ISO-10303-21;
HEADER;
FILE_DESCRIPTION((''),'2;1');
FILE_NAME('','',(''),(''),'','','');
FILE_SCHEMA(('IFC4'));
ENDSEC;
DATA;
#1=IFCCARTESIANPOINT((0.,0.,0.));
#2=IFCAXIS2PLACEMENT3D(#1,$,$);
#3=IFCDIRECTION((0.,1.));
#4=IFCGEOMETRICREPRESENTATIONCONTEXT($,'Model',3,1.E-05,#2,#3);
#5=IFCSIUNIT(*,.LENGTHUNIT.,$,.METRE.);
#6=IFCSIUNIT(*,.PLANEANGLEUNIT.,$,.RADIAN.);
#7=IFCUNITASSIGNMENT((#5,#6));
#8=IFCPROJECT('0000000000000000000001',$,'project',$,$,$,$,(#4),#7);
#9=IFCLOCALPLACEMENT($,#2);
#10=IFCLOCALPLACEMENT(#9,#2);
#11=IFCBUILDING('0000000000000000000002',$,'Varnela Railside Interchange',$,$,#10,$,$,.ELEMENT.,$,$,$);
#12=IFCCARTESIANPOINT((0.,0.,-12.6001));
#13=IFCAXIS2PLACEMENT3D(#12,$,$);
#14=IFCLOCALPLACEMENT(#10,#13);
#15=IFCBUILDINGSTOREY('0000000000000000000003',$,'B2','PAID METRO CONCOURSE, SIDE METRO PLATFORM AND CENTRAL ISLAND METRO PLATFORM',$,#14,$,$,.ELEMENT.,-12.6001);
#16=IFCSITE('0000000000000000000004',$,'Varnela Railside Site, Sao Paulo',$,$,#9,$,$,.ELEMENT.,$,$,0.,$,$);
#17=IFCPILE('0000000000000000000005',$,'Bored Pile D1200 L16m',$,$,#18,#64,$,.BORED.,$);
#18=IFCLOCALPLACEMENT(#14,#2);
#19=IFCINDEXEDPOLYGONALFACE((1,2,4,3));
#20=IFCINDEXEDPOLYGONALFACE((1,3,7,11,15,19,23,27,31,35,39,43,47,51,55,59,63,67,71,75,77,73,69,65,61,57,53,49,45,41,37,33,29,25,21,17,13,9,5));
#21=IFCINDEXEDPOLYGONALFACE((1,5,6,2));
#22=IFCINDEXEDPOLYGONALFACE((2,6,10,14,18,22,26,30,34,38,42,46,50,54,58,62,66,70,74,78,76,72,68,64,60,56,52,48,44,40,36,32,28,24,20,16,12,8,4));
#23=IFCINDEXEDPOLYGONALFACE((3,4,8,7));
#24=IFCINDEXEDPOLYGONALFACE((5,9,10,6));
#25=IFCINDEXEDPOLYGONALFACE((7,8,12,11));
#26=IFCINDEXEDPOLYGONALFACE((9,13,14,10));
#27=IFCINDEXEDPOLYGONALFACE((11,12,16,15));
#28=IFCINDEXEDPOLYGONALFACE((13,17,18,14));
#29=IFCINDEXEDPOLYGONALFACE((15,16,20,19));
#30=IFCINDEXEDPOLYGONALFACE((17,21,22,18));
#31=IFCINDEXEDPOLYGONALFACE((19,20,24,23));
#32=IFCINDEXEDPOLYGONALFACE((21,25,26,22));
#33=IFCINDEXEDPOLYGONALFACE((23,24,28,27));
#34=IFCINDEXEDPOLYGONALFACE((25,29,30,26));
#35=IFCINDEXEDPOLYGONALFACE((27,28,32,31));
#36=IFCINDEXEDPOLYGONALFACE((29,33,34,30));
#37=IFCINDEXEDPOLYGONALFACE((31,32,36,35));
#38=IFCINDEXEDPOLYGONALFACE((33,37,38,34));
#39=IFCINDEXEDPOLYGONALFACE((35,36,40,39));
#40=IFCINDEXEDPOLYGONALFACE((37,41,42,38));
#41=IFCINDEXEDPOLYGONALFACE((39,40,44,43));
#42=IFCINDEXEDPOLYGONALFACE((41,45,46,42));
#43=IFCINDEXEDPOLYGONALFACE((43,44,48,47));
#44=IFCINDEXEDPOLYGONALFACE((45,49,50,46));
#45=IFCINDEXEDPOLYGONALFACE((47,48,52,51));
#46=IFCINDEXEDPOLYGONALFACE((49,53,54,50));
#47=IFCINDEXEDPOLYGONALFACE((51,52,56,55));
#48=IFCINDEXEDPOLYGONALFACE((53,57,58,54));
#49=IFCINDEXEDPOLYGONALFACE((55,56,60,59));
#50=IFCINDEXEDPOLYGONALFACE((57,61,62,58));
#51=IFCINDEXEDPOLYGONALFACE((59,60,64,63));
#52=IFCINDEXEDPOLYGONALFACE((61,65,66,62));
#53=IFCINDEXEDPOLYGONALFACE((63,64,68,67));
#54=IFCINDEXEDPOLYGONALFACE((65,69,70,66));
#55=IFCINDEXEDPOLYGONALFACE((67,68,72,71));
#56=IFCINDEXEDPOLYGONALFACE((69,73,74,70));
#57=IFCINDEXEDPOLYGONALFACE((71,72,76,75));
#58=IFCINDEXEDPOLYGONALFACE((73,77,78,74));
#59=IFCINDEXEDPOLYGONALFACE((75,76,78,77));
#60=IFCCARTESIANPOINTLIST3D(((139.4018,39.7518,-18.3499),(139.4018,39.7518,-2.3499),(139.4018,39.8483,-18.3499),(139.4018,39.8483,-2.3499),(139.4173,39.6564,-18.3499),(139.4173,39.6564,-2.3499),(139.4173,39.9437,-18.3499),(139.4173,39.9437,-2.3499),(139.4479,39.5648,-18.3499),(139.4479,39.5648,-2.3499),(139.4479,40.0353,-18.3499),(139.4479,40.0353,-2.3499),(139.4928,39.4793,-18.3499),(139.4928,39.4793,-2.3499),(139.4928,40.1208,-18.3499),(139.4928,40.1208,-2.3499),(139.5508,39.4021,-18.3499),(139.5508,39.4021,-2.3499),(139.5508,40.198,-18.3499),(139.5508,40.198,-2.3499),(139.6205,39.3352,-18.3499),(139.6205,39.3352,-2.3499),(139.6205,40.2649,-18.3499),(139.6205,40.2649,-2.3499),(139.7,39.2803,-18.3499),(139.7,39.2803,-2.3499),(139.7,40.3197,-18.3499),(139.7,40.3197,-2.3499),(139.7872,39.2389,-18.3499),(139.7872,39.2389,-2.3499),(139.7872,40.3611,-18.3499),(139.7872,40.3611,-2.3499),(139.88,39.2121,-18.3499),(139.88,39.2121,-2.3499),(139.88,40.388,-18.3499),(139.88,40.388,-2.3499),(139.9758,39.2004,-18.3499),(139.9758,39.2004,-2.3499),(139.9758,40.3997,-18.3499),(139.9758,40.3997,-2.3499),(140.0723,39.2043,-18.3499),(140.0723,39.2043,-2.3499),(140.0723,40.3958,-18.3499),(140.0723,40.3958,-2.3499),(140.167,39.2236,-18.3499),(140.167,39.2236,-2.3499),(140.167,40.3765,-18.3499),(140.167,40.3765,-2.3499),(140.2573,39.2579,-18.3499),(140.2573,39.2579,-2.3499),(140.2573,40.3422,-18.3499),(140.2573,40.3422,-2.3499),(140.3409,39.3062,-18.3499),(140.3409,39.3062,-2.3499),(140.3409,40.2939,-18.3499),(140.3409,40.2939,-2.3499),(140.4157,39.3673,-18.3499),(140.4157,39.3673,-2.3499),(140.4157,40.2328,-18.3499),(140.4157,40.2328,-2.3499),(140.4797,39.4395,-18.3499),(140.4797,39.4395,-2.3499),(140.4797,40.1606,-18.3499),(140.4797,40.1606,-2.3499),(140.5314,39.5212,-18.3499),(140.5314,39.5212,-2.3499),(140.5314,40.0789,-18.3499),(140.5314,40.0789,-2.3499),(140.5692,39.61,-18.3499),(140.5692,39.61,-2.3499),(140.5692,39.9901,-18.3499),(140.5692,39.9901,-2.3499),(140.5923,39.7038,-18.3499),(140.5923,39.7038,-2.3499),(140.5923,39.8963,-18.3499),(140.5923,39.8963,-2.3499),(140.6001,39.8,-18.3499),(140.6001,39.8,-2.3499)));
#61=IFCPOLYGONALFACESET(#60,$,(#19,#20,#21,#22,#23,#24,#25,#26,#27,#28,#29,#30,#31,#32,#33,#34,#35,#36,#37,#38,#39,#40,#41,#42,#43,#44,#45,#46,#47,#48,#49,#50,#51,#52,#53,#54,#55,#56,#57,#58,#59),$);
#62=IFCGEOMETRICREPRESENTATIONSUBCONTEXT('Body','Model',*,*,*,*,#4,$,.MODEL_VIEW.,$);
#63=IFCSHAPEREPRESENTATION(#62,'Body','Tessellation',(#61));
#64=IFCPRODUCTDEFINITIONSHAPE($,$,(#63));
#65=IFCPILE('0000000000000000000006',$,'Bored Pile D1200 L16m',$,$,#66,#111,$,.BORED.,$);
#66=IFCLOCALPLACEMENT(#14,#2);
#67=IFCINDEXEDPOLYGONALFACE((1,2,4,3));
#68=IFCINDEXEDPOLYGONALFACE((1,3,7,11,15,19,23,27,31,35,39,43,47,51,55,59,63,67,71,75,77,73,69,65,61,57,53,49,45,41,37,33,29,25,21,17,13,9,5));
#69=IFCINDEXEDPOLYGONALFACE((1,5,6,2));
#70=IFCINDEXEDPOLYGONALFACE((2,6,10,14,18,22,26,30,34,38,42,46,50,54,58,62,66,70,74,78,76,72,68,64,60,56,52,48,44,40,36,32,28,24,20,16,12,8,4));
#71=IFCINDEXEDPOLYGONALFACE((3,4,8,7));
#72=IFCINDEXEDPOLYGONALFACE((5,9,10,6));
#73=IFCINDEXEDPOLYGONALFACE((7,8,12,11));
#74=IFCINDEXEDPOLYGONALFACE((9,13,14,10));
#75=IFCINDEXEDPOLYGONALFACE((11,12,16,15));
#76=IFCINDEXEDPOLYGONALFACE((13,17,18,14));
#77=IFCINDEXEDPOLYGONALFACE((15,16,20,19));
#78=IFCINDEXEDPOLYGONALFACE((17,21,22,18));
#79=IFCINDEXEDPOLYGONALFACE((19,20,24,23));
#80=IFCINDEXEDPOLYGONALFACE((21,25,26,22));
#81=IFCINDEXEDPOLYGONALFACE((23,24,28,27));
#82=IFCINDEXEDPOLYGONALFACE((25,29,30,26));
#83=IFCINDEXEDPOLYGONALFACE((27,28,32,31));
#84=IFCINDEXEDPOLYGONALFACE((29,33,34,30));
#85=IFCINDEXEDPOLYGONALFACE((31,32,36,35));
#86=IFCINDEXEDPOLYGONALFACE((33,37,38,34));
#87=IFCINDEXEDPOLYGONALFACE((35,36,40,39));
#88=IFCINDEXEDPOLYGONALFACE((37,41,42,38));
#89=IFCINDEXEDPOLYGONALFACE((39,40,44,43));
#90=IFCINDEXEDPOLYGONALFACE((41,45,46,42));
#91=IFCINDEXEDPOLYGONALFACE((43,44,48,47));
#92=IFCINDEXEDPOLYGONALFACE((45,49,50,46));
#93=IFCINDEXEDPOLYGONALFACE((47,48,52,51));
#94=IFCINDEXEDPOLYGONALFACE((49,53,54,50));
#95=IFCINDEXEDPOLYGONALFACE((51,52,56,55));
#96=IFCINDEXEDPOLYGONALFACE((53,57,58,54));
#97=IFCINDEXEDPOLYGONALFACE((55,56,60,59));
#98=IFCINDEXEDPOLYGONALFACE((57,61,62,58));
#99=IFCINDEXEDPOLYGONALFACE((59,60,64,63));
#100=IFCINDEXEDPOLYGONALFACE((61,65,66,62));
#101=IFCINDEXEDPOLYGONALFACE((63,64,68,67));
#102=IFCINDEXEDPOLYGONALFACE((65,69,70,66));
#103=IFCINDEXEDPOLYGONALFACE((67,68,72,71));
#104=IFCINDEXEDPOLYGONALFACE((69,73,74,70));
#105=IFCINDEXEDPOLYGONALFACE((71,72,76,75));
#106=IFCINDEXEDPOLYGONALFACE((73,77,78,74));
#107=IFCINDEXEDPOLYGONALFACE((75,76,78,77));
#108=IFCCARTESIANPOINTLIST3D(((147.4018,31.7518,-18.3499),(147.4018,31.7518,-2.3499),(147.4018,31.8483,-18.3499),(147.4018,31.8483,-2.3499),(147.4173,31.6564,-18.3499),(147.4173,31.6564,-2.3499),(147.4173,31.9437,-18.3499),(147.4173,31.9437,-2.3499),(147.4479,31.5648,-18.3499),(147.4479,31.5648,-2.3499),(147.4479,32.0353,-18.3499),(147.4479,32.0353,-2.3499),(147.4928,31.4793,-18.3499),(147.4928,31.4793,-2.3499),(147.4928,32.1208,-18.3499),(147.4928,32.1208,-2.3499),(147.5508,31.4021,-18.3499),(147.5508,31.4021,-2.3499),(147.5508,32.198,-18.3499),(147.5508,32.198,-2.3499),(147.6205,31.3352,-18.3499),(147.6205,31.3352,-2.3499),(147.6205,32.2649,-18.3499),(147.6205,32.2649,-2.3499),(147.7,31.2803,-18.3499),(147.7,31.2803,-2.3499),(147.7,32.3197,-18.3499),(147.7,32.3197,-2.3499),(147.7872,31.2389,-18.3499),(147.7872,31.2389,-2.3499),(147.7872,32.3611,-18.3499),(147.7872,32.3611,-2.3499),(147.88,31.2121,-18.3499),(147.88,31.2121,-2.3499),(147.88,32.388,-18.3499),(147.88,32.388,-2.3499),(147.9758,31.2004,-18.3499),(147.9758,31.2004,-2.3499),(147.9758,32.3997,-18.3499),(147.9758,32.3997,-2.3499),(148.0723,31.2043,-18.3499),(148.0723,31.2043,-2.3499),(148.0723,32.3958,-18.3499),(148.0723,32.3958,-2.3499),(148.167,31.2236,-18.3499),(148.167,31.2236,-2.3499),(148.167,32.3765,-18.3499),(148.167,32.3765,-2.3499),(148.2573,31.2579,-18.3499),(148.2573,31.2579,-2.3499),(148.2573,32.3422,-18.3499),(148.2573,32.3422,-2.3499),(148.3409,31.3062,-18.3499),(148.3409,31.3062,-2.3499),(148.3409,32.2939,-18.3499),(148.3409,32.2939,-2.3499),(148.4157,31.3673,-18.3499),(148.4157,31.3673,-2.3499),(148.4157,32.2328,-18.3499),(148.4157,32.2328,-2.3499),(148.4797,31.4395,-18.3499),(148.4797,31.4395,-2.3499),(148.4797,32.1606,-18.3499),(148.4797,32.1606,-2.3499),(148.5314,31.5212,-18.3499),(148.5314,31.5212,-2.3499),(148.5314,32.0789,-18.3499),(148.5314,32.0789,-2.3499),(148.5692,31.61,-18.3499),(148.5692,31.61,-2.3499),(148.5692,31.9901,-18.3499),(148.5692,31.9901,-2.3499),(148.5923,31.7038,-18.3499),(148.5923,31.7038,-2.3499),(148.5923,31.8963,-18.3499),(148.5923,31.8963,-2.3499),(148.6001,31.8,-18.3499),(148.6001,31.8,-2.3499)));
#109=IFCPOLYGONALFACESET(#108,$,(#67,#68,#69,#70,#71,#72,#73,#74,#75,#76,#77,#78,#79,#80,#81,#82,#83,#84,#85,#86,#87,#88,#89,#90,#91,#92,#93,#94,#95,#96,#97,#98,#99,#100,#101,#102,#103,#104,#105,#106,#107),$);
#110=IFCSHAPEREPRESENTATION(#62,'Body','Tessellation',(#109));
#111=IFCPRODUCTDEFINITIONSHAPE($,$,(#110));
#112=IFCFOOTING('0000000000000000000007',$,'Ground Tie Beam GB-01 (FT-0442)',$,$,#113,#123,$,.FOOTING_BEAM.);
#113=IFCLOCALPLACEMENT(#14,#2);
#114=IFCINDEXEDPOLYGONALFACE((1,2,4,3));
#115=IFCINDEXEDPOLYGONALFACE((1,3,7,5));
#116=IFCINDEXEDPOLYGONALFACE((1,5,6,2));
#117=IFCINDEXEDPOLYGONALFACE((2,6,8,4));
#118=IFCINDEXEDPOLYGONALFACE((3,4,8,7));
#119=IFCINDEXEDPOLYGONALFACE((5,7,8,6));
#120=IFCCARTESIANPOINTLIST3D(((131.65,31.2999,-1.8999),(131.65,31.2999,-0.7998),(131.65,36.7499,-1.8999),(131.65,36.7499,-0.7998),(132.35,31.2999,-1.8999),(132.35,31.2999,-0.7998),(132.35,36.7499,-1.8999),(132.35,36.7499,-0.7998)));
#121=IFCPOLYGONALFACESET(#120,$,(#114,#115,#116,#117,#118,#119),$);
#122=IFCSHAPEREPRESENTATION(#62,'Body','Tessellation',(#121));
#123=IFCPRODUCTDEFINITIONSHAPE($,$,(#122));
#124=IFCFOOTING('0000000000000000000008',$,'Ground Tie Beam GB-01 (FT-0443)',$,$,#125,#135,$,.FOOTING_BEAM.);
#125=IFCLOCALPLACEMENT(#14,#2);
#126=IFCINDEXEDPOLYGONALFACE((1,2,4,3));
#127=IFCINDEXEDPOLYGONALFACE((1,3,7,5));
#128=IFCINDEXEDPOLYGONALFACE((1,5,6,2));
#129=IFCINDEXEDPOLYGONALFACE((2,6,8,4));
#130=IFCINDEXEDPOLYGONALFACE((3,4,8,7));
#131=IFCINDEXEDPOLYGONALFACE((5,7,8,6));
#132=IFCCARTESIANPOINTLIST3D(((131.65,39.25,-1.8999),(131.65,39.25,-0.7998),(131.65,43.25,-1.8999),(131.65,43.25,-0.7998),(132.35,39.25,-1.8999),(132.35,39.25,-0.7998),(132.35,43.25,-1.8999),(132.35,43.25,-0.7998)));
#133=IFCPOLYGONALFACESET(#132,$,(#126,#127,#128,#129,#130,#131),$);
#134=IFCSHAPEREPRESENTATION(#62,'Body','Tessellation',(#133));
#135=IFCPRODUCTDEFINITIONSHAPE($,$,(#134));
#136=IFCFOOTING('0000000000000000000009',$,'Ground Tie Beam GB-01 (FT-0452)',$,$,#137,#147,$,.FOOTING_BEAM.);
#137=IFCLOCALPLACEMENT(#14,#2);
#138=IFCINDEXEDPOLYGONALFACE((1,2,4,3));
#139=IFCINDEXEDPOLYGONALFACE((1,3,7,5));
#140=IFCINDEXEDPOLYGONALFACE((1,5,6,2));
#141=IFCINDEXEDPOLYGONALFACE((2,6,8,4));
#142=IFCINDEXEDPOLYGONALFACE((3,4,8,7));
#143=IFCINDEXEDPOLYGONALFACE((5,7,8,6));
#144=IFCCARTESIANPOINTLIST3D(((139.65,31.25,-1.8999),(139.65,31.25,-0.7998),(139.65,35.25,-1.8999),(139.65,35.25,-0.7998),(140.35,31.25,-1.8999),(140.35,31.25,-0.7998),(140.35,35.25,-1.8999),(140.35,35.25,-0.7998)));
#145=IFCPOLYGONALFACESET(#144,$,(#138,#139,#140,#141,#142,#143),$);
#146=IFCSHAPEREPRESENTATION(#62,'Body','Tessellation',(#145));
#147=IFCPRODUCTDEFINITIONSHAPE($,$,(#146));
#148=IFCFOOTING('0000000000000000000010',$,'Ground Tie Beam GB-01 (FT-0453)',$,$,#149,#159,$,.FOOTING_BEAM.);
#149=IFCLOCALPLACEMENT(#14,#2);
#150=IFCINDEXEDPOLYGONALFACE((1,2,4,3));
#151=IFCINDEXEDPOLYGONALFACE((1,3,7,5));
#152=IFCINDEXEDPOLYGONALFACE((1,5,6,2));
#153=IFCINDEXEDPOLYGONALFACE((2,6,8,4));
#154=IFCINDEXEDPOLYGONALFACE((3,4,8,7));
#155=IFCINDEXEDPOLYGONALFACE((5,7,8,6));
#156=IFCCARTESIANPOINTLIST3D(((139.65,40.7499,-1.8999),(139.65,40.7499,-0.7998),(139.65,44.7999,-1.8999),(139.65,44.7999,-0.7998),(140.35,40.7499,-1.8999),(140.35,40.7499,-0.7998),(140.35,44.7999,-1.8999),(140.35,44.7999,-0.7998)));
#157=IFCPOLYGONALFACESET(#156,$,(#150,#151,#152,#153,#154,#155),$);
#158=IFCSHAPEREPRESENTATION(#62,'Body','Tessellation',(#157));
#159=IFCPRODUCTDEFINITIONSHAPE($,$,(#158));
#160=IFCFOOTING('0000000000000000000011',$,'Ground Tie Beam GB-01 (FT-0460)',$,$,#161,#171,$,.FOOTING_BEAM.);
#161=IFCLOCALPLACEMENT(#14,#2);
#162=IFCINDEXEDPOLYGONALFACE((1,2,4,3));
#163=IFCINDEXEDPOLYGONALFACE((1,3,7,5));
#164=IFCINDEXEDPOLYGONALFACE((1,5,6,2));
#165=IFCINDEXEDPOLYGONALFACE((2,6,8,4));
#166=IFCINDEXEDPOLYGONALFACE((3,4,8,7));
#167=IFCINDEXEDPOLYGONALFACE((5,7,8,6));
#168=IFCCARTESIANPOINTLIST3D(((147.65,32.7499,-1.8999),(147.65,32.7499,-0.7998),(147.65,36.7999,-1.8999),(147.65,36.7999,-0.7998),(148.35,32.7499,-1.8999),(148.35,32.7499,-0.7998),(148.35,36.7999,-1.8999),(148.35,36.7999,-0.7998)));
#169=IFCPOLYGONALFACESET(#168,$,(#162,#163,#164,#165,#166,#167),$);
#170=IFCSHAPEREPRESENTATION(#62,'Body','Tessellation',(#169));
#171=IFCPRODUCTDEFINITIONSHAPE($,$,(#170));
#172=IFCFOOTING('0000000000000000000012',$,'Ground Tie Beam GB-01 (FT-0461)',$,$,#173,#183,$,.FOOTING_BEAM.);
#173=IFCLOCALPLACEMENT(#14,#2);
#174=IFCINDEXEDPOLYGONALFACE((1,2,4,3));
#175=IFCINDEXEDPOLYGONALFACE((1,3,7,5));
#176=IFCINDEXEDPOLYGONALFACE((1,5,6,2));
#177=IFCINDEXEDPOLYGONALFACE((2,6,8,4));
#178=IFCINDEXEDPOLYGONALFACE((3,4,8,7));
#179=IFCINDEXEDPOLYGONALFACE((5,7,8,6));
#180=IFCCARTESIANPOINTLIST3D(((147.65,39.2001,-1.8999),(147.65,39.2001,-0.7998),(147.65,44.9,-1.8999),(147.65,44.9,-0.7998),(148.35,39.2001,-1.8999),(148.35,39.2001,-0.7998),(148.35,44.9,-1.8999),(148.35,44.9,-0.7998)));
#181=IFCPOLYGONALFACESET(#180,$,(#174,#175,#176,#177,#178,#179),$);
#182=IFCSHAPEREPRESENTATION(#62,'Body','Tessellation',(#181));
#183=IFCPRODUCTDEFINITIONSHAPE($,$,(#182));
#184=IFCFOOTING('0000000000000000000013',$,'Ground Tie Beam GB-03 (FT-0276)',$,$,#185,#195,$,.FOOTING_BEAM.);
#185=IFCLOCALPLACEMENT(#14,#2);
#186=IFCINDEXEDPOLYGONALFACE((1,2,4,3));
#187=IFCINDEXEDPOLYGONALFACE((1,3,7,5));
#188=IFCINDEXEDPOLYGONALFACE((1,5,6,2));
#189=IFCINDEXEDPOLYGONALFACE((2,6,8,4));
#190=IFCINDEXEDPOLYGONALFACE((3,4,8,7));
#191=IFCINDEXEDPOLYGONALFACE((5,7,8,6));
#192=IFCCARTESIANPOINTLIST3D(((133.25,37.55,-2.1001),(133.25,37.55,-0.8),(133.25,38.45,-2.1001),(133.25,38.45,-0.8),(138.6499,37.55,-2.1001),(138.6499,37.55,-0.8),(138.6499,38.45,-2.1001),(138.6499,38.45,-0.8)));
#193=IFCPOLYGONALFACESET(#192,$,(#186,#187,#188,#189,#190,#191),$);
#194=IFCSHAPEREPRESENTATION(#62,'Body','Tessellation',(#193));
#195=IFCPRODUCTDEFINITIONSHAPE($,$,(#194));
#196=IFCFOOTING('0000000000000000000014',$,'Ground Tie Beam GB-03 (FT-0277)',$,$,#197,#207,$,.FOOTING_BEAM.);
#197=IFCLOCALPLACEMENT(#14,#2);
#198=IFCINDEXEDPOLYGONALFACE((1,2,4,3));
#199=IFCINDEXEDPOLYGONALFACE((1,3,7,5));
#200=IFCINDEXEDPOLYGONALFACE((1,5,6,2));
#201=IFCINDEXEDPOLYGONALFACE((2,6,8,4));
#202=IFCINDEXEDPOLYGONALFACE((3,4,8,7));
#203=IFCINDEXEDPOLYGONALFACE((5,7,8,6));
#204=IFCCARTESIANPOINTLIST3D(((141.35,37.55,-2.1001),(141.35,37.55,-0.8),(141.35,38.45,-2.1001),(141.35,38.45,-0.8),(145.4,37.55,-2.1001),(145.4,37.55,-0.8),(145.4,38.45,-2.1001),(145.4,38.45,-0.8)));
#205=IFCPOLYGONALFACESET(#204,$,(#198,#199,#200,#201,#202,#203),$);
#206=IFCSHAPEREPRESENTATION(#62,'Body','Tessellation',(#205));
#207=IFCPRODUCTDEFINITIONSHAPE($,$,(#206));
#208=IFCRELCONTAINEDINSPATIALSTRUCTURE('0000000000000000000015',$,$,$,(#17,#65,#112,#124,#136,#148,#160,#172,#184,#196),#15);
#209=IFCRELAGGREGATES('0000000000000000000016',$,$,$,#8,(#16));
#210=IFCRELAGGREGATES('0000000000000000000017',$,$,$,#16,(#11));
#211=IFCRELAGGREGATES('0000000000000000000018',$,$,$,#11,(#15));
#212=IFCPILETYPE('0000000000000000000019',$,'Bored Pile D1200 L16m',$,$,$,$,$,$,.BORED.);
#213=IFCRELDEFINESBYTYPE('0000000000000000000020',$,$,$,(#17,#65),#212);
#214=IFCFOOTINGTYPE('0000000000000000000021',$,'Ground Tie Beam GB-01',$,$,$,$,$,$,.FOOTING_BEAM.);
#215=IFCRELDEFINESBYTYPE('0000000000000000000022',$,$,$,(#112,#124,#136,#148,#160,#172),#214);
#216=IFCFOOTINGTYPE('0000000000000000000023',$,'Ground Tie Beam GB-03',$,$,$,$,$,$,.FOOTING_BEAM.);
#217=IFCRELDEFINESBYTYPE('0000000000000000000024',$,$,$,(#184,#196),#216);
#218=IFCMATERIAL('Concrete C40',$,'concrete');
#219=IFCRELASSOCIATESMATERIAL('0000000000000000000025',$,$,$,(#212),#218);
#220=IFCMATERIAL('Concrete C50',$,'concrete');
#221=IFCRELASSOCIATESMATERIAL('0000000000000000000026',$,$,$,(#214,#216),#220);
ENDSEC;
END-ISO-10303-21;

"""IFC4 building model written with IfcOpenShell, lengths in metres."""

from ifc_helpers import new_model, si_unit, direction, frame, origin, origin_2d, place, context, subcontext, project, spatial, rectangle, circle, extrude, material, material_profile, profile_set, type_object, element, save


model = new_model("IFC4")

# Units and contexts
model_context = context("Model", 3, precision=1e-05, world=origin(), true_north=direction((0.0, 1.0)))
body_context = subcontext(model_context, "Body", "Model", "MODEL_VIEW")
ifc_project = project(units=[si_unit("LENGTHUNIT", "METRE"), si_unit("PLANEANGLEUNIT", "RADIAN")], contexts=[model_context])

# Site, building, storey
site_placement = place(None, origin())
site = spatial("IfcSite", under=ifc_project, at=site_placement, Name="Varnela Railside Site, Sao Paulo", CompositionType="ELEMENT", RefElevation=0.0)
building_placement = place(site_placement, origin())
building = spatial("IfcBuilding", under=site, at=building_placement, Name="Varnela Railside Interchange", CompositionType="ELEMENT")
storey_placement = place(building_placement, frame((0.0, 0.0, -12.6001)))
storey = spatial("IfcBuildingStorey", under=building, at=storey_placement, Name="B2", Description="PAID METRO CONCOURSE, SIDE METRO PLATFORM AND CENTRAL ISLAND METRO PLATFORM", CompositionType="ELEMENT", Elevation=-12.6001)

# Piles
ifc_material_1 = material(Name="Concrete C40", Category="concrete")
ifc_material_profile_1 = material_profile(ifc_material_1, circle(Radius=0.6001, at=origin_2d()), Name="BORED PILE D1200")
ifc_profile_set_1 = profile_set([ifc_material_profile_1], Name="Concrete C40")
pile_type_1 = type_object("IfcPileType", Name="Bored Pile D1200 L16m", PredefinedType="BORED", material=ifc_profile_set_1)
for number, where, z_axis, x_axis, name in (
    (1, (140.0, 39.8, -2.3499), (0.0, 0.0, -1.0), (1.0, 0.0, 0.0), "Bored Pile D1200 L16m"),
    (2, (148.0, 31.8, -2.3499), (0.0, 0.0, -1.0), (1.0, 0.0, 0.0), "Bored Pile D1200 L16m"),
):
    element("IfcPile", number, at=place(storey_placement, frame(where, z_axis=z_axis, x_axis=x_axis)), inside=storey, type_object=pile_type_1, Name=name, PredefinedType="BORED", context=body_context, shape_type="SweptSolid", body=[
        extrude(circle(Radius=0.6001, at=origin_2d()), origin(), (0.0, 0.0, 1.0), 16.0),
    ])

# Footings
ifc_material_2 = material(Name="Concrete C50", Category="concrete")
footing_type_1 = type_object("IfcFootingType", Name="Ground Tie Beam GB-01", PredefinedType="FOOTING_BEAM", material=ifc_material_2)
footing_1_placement = place(storey_placement, frame((132.0, 34.0249, -1.8999), z_axis=(0.0, 0.0, 1.0), x_axis=(1.0, 0.0, 0.0)))
element("IfcFooting", 3, at=footing_1_placement, inside=storey, type_object=footing_type_1, Name="Ground Tie Beam GB-01 (FT-0442)", PredefinedType="FOOTING_BEAM", context=body_context, shape_type="SweptSolid", body=[
    extrude(rectangle(XDim=0.7, YDim=5.45, at=origin_2d()), origin(), (0.0, 0.0, 1.0), 1.1001),
])
for number, where, z_axis, x_axis, name in (
    (4, (132.0, 41.25, -1.8999), (0.0, 0.0, 1.0), (1.0, 0.0, 0.0), "Ground Tie Beam GB-01 (FT-0443)"),
    (5, (140.0, 33.25, -1.8999), (0.0, 0.0, 1.0), (1.0, 0.0, 0.0), "Ground Tie Beam GB-01 (FT-0452)"),
):
    element("IfcFooting", number, at=place(storey_placement, frame(where, z_axis=z_axis, x_axis=x_axis)), inside=storey, type_object=footing_type_1, Name=name, PredefinedType="FOOTING_BEAM", context=body_context, shape_type="SweptSolid", body=[
        extrude(rectangle(XDim=0.7, YDim=4.0, at=origin_2d()), origin(), (0.0, 0.0, 1.0), 1.1001),
    ])
for number, where, z_axis, x_axis, name in (
    (6, (140.0, 42.7749, -1.8999), (0.0, 0.0, 1.0), (1.0, 0.0, 0.0), "Ground Tie Beam GB-01 (FT-0453)"),
    (7, (148.0, 34.7749, -1.8999), (0.0, 0.0, 1.0), (1.0, 0.0, 0.0), "Ground Tie Beam GB-01 (FT-0460)"),
):
    element("IfcFooting", number, at=place(storey_placement, frame(where, z_axis=z_axis, x_axis=x_axis)), inside=storey, type_object=footing_type_1, Name=name, PredefinedType="FOOTING_BEAM", context=body_context, shape_type="SweptSolid", body=[
        extrude(rectangle(XDim=0.7, YDim=4.05, at=origin_2d()), origin(), (0.0, 0.0, 1.0), 1.1001),
    ])
footing_2_placement = place(storey_placement, frame((148.0, 42.05, -1.8999), z_axis=(0.0, 0.0, 1.0), x_axis=(1.0, 0.0, 0.0)))
element("IfcFooting", 8, at=footing_2_placement, inside=storey, type_object=footing_type_1, Name="Ground Tie Beam GB-01 (FT-0461)", PredefinedType="FOOTING_BEAM", context=body_context, shape_type="SweptSolid", body=[
    extrude(rectangle(XDim=0.7, YDim=5.7, at=origin_2d()), origin(), (0.0, 0.0, 1.0), 1.1001),
])
footing_type_2 = type_object("IfcFootingType", Name="Ground Tie Beam GB-03", PredefinedType="FOOTING_BEAM", material=ifc_material_2)
footing_3_placement = place(storey_placement, frame((135.95, 38.0, -2.1001), z_axis=(0.0, 0.0, 1.0), x_axis=(1.0, 0.0, 0.0)))
element("IfcFooting", 9, at=footing_3_placement, inside=storey, type_object=footing_type_2, Name="Ground Tie Beam GB-03 (FT-0276)", PredefinedType="FOOTING_BEAM", context=body_context, shape_type="SweptSolid", body=[
    extrude(rectangle(XDim=5.3999, YDim=0.8999, at=origin_2d()), origin(), (0.0, 0.0, 1.0), 1.3),
])
footing_4_placement = place(storey_placement, frame((143.375, 38.0, -2.1001), z_axis=(0.0, 0.0, 1.0), x_axis=(1.0, 0.0, 0.0)))
element("IfcFooting", 10, at=footing_4_placement, inside=storey, type_object=footing_type_2, Name="Ground Tie Beam GB-03 (FT-0277)", PredefinedType="FOOTING_BEAM", context=body_context, shape_type="SweptSolid", body=[
    extrude(rectangle(XDim=4.05, YDim=0.8999, at=origin_2d()), origin(), (0.0, 0.0, 1.0), 1.3),
])

save(model, "model.ifc")
